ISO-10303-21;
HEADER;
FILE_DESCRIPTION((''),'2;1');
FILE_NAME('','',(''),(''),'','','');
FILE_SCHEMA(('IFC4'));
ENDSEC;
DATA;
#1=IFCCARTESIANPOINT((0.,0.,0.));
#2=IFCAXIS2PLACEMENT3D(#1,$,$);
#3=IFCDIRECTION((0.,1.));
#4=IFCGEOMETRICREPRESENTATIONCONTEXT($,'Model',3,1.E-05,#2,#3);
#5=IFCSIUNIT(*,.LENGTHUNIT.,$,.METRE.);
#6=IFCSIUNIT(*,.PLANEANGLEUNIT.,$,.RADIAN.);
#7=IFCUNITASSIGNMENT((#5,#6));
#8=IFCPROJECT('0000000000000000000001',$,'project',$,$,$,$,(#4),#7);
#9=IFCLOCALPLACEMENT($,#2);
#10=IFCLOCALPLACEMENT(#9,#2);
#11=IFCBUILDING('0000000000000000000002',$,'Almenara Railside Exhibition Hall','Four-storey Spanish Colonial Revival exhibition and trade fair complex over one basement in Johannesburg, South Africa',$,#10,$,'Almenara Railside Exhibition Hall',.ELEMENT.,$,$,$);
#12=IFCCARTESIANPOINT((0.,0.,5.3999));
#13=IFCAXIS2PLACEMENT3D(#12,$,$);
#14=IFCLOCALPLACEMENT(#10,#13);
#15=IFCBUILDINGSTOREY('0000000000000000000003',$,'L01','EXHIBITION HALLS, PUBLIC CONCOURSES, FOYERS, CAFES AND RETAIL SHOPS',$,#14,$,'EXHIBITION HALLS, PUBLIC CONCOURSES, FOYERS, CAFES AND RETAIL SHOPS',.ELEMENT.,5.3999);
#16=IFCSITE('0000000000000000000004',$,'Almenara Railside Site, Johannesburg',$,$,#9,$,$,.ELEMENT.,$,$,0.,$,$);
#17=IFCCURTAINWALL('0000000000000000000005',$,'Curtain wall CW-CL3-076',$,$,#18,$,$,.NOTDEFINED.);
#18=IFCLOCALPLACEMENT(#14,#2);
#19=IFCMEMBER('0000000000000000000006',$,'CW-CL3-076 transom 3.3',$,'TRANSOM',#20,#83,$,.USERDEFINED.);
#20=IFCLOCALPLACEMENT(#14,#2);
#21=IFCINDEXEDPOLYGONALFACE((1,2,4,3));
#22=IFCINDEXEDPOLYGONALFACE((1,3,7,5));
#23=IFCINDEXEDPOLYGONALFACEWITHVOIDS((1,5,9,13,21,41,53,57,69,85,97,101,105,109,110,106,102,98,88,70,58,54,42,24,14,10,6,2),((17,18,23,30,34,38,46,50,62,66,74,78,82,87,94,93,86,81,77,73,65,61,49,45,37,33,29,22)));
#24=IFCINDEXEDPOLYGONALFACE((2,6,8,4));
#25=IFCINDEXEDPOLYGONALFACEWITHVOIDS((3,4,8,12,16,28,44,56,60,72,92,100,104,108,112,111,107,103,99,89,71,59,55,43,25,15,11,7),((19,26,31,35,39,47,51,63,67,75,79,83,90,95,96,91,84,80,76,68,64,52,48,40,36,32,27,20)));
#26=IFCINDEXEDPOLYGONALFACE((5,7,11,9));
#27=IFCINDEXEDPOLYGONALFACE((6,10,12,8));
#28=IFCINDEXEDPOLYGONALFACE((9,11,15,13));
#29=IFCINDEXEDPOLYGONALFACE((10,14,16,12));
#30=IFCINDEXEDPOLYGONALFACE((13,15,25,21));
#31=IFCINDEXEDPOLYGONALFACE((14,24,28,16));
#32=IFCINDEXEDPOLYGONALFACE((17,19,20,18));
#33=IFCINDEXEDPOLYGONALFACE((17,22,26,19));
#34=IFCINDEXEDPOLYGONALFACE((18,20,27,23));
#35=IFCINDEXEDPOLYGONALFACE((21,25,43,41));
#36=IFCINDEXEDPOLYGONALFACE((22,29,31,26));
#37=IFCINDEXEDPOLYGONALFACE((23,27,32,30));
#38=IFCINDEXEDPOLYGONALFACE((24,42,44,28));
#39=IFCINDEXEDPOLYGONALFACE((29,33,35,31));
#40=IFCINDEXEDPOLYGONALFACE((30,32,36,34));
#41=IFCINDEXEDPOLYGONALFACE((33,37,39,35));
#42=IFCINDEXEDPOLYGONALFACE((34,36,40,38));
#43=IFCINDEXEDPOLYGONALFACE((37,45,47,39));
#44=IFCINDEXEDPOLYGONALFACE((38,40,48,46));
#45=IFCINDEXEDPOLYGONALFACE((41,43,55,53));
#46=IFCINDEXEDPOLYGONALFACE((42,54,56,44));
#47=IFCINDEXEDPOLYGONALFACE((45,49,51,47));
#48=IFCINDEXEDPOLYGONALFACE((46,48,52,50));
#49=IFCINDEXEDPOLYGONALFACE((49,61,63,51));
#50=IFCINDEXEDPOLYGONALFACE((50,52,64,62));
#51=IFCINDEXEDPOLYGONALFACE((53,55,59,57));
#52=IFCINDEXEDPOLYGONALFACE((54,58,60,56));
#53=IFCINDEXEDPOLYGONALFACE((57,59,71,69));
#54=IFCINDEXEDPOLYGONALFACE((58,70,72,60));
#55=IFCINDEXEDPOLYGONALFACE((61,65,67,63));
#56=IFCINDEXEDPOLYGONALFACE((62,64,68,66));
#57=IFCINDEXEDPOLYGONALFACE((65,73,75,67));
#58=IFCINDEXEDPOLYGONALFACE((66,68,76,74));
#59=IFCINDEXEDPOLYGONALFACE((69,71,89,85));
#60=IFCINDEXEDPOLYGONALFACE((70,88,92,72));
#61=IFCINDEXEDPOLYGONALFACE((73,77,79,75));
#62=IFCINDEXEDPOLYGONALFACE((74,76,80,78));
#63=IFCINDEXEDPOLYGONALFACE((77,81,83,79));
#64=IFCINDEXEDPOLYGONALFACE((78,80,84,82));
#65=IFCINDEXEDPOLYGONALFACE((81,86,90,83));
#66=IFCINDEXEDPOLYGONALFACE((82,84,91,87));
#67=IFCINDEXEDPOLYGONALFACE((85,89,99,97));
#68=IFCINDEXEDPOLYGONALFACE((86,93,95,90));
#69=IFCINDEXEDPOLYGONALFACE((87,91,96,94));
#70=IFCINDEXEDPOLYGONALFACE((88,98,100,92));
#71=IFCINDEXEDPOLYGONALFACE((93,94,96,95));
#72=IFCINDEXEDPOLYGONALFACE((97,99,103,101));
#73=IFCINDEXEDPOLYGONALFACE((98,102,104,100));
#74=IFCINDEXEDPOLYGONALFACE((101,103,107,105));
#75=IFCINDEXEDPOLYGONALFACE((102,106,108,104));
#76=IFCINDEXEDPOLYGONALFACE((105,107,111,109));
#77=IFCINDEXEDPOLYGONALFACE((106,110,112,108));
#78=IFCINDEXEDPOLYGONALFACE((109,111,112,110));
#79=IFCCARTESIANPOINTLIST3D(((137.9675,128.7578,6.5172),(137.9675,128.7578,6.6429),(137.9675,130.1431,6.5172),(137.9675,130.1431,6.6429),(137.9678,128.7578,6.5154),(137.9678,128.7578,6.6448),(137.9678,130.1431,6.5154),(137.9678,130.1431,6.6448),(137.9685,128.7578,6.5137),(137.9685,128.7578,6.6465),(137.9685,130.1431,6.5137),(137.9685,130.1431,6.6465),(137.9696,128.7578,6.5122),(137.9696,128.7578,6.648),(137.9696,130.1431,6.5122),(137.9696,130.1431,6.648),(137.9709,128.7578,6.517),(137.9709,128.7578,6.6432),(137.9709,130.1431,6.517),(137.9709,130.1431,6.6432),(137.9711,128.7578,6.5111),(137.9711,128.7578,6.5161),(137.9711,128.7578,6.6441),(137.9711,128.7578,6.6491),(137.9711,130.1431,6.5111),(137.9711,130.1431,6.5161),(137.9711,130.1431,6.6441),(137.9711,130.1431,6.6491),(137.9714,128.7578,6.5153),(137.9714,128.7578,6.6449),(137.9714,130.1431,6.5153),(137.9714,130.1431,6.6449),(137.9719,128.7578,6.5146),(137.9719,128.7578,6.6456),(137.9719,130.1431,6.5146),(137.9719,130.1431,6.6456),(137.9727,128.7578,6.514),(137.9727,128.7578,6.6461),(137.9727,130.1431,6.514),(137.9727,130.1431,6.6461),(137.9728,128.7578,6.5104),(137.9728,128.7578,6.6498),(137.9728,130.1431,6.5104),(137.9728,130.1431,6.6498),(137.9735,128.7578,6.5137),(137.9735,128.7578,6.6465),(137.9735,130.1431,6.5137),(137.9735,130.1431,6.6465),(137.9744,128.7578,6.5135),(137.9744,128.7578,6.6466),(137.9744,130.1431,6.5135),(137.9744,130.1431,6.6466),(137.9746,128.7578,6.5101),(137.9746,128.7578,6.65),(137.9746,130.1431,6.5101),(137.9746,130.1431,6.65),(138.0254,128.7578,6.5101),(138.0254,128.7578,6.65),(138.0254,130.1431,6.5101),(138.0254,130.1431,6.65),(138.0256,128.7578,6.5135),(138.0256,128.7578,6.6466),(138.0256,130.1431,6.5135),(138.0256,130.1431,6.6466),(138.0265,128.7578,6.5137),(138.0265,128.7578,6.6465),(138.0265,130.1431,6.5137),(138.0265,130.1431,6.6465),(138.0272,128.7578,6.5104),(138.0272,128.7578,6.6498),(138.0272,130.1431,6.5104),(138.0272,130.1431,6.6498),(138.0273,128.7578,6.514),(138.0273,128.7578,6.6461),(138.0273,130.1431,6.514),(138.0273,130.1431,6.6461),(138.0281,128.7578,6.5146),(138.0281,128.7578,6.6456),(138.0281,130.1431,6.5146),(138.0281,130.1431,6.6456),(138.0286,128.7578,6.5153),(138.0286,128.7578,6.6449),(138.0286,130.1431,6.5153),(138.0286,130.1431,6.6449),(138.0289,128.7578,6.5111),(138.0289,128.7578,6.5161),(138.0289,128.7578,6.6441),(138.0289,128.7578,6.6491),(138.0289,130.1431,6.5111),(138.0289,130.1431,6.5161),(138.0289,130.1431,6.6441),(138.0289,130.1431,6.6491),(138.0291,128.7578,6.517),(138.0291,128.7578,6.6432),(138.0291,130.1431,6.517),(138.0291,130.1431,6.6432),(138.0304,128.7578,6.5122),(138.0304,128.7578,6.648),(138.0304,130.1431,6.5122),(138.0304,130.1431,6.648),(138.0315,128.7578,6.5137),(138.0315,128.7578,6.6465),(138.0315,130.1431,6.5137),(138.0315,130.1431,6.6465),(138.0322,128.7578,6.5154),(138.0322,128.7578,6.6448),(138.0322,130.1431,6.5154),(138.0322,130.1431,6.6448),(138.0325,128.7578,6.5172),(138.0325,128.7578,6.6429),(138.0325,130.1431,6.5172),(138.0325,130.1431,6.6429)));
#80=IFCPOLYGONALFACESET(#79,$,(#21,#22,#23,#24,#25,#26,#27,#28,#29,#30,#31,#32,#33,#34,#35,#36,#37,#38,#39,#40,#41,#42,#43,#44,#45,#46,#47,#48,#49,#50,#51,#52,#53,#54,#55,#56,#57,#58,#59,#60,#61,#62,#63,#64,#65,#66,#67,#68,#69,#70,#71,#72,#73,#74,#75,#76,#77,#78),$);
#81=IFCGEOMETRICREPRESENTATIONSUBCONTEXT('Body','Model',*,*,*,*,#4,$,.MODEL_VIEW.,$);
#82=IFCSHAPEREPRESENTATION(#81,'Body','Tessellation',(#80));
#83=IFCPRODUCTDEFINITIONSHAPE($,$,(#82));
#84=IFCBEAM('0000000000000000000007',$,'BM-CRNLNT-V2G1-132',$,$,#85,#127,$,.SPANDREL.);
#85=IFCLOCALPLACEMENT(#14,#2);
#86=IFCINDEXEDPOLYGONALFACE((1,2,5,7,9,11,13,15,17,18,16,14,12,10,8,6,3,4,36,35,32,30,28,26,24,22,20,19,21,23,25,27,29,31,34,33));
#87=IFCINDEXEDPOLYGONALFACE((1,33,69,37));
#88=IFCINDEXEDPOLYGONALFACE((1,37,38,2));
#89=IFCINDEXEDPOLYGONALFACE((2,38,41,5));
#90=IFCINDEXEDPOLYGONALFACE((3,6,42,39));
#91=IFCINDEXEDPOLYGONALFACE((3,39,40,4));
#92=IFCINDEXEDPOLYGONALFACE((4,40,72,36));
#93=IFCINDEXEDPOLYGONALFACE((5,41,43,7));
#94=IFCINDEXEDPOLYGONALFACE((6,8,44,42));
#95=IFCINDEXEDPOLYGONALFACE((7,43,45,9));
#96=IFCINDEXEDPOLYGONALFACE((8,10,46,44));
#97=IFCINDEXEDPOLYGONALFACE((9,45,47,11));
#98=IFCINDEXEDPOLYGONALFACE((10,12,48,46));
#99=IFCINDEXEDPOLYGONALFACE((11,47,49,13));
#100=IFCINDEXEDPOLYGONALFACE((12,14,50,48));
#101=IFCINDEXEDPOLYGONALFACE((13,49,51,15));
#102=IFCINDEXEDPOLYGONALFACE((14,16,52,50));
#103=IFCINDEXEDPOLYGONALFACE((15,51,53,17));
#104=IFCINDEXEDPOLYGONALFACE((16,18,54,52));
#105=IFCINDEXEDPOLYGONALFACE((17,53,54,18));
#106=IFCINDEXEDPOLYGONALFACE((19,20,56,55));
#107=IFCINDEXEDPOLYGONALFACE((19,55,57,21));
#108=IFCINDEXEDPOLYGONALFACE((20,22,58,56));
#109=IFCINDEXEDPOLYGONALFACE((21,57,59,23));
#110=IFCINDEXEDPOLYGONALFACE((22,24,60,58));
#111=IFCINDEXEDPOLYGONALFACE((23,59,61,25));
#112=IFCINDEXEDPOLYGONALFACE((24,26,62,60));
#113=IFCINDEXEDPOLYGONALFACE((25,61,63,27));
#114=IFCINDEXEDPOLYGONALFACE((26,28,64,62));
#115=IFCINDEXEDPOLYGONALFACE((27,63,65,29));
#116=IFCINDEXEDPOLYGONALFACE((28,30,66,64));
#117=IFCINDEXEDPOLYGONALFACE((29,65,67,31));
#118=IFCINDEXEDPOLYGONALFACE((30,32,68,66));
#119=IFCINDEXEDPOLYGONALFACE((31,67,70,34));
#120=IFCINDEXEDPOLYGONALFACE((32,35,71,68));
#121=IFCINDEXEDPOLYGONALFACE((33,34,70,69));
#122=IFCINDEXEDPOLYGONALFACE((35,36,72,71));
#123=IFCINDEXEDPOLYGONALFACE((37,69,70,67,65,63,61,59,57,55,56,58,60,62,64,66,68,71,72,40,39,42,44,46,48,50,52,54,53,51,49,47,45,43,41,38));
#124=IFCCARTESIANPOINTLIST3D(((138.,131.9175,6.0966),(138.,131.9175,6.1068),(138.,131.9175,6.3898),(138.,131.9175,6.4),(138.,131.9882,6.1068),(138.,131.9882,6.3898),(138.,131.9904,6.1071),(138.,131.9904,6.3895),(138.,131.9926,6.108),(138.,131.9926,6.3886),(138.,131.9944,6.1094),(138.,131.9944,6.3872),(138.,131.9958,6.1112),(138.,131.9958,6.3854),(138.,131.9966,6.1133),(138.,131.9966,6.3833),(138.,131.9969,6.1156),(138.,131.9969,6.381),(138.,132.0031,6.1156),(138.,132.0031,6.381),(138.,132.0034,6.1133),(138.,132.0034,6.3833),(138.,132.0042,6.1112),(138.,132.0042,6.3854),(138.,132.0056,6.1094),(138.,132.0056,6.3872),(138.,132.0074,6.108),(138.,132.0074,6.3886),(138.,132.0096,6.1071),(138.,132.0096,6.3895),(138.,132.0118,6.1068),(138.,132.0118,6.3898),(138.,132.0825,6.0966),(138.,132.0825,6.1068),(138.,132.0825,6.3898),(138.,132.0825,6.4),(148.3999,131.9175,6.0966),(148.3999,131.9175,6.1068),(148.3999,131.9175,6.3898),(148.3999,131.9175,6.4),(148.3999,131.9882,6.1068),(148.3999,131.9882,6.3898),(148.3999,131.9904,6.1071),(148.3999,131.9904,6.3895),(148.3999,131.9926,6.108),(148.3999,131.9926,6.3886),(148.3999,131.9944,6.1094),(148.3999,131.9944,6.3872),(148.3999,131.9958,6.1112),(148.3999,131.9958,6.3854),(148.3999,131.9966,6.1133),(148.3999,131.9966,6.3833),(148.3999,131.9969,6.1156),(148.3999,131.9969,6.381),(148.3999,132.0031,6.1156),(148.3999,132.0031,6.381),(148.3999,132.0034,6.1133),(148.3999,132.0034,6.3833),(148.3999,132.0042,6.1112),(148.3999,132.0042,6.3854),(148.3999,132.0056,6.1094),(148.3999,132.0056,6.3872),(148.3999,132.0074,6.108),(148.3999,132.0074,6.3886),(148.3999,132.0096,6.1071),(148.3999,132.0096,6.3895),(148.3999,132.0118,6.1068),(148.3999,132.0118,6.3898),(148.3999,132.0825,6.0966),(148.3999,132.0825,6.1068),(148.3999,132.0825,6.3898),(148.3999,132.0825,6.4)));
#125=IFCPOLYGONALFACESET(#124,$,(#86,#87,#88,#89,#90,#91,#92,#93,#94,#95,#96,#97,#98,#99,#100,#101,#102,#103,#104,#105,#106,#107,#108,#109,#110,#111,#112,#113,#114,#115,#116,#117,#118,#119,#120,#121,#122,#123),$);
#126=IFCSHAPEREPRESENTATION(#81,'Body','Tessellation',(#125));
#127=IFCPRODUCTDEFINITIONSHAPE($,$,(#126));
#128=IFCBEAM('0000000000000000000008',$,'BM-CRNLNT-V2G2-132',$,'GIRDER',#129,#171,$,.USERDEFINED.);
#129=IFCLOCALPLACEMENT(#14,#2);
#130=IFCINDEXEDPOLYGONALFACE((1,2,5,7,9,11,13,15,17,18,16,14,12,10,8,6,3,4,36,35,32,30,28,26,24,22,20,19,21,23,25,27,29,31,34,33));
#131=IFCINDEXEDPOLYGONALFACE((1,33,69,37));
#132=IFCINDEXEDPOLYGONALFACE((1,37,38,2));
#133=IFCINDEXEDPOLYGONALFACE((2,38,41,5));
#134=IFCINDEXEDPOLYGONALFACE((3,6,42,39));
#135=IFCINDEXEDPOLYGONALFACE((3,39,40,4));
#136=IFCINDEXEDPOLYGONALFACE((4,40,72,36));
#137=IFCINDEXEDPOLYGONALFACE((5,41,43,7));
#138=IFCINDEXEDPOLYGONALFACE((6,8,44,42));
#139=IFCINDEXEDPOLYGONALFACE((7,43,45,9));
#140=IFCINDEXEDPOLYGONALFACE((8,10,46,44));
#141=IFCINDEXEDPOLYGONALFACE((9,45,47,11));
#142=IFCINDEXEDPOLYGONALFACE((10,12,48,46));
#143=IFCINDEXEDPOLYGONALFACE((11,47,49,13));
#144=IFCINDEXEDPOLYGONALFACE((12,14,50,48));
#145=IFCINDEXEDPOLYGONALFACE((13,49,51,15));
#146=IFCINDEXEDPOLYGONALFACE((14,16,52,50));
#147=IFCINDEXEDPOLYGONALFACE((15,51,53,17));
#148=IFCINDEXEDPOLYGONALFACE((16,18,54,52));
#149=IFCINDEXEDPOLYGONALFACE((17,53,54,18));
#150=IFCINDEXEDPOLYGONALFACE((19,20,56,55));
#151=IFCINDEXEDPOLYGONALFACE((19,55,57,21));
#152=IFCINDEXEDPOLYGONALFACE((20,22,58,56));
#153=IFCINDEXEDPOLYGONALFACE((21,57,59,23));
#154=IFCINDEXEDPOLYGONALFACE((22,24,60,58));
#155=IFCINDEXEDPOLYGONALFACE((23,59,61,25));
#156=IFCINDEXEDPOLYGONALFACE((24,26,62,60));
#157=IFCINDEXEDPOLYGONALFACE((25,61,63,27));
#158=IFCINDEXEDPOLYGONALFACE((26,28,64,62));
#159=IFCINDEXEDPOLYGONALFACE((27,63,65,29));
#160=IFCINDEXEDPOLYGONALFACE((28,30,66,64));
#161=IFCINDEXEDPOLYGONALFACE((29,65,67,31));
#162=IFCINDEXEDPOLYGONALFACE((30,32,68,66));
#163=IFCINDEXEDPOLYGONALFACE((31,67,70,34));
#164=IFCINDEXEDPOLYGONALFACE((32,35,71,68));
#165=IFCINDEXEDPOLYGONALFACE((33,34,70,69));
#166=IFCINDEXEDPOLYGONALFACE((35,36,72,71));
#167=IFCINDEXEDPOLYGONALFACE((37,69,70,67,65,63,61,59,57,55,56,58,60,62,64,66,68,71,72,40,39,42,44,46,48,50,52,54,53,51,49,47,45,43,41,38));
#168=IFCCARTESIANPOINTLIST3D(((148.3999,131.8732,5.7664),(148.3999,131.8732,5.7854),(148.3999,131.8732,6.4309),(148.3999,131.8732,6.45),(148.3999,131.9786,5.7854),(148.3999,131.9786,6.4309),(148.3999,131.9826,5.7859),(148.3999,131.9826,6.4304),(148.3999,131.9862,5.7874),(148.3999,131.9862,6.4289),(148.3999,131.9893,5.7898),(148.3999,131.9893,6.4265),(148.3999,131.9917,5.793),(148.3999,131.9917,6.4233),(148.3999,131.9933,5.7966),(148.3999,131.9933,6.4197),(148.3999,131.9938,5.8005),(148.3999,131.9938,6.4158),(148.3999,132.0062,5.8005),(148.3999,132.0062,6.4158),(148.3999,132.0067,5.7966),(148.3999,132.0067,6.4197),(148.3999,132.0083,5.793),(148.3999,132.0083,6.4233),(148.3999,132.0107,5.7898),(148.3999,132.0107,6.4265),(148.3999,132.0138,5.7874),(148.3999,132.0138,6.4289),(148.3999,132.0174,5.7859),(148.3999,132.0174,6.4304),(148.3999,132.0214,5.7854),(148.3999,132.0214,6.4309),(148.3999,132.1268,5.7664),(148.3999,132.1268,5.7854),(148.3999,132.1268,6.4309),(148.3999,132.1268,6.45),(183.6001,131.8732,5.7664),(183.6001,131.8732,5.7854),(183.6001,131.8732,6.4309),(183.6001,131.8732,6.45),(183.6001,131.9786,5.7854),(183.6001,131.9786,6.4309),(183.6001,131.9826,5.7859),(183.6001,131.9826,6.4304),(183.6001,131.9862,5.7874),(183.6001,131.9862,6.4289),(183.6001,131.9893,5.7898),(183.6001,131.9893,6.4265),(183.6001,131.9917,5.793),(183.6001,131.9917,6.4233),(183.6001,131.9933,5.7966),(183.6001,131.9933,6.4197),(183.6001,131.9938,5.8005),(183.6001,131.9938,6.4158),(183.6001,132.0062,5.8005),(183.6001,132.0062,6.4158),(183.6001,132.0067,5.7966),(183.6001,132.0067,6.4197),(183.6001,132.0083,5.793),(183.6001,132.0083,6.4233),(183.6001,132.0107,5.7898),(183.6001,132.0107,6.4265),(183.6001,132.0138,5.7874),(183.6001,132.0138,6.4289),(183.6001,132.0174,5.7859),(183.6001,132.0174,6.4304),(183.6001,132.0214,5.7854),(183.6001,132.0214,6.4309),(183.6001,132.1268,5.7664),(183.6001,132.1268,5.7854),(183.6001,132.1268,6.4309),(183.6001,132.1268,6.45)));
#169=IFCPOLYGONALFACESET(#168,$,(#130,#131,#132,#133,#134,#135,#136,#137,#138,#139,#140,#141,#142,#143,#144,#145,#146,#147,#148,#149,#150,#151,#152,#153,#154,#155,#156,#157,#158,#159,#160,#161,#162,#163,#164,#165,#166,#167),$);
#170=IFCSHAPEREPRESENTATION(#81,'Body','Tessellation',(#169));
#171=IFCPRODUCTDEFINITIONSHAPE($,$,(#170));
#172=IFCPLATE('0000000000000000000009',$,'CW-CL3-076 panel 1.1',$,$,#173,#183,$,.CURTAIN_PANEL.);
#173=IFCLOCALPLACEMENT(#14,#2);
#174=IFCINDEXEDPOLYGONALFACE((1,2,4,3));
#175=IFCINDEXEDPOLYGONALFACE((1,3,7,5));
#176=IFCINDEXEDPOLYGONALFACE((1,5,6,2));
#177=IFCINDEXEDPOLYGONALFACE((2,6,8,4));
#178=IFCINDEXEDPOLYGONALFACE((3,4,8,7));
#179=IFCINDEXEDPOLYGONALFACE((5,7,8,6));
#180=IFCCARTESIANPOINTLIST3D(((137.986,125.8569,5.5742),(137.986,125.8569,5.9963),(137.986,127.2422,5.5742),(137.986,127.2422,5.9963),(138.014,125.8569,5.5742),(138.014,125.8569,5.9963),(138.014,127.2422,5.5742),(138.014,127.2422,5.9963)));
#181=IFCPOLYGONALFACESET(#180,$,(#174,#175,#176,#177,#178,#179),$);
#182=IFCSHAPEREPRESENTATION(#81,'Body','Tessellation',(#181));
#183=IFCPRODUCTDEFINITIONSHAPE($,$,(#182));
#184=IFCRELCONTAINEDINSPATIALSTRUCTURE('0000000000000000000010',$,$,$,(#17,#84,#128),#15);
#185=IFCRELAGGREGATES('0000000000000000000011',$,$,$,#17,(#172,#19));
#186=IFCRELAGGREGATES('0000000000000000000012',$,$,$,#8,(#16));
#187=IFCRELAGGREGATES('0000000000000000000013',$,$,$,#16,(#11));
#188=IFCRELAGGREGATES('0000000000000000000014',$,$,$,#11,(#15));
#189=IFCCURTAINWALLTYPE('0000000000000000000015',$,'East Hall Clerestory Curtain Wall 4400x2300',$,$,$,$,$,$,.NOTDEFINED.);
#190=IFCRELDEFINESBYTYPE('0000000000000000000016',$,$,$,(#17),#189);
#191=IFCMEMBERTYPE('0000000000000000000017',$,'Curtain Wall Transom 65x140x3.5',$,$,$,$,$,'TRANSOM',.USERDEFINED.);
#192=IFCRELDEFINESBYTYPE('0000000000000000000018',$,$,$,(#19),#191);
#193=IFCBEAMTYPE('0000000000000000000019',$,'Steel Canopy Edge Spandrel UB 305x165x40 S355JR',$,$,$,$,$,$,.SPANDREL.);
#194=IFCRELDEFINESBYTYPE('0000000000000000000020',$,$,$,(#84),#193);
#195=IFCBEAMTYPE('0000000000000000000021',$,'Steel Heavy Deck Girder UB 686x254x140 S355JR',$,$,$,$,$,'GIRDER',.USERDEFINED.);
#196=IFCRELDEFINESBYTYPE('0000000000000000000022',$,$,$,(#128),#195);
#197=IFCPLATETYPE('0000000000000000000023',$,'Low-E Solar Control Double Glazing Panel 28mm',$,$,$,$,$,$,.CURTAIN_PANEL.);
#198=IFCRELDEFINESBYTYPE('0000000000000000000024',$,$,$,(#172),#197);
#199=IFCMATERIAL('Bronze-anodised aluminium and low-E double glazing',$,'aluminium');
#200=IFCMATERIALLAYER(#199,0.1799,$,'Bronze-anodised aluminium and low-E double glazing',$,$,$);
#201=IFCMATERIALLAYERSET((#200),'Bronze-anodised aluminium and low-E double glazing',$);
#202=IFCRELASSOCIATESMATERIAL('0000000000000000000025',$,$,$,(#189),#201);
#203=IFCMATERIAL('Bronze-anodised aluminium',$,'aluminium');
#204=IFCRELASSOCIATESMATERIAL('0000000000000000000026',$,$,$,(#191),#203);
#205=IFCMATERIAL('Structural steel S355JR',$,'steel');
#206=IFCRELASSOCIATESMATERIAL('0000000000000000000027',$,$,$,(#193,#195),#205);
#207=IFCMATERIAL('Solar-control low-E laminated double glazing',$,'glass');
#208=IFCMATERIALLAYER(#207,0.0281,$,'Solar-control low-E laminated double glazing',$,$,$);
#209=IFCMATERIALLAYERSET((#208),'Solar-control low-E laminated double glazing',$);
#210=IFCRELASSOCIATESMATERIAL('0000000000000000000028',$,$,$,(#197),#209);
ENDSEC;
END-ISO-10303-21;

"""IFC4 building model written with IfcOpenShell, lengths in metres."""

from ifc_helpers import new_model, si_unit, direction, frame, origin, origin_2d, place, context, subcontext, project, spatial, rectangle, hollow_rectangle, i_section, extrude, material, layer, layer_set, material_profile, profile_set, type_object, element, aggregate, save


model = new_model("IFC4")

# Units and contexts
model_context = context("Model", 3, precision=1e-05, world=origin(), true_north=direction((0.0, 1.0)))
body_context = subcontext(model_context, "Body", "Model", "MODEL_VIEW")
ifc_project = project(units=[si_unit("LENGTHUNIT", "METRE"), si_unit("PLANEANGLEUNIT", "RADIAN")], contexts=[model_context])

# Site, building, storey
site_placement = place(None, origin())
site = spatial("IfcSite", under=ifc_project, at=site_placement, Name="Almenara Railside Site, Johannesburg", CompositionType="ELEMENT", RefElevation=0.0)
building_placement = place(site_placement, origin())
building = spatial("IfcBuilding", under=site, at=building_placement, Name="Almenara Railside Exhibition Hall", Description="Four-storey Spanish Colonial Revival exhibition and trade fair complex over one basement in Johannesburg, South Africa", LongName="Almenara Railside Exhibition Hall", CompositionType="ELEMENT")
storey_placement = place(building_placement, frame((0.0, 0.0, 5.3999)))
storey = spatial("IfcBuildingStorey", under=building, at=storey_placement, Name="L01", Description="EXHIBITION HALLS, PUBLIC CONCOURSES, FOYERS, CAFES AND RETAIL SHOPS", LongName="EXHIBITION HALLS, PUBLIC CONCOURSES, FOYERS, CAFES AND RETAIL SHOPS", CompositionType="ELEMENT", Elevation=5.3999)

# Shared definitions
ifc_material_1 = material(Name="Structural steel S355JR", Category="steel")

# Curtain wall, member
ifc_material_2 = material(Name="Bronze-anodised aluminium and low-E double glazing", Category="aluminium")
ifc_layer_1 = layer(ifc_material_2, 0.1799, Name="Bronze-anodised aluminium and low-E double glazing")
ifc_layer_set_1 = layer_set([ifc_layer_1], Name="Bronze-anodised aluminium and low-E double glazing")
curtain_wall_type = type_object("IfcCurtainWallType", Name="East Hall Clerestory Curtain Wall 4400x2300", PredefinedType="NOTDEFINED", material=ifc_layer_set_1)
curtain_wall_placement = place(storey_placement, origin())
curtain_wall = element("IfcCurtainWall", 1, at=curtain_wall_placement, inside=storey, type_object=curtain_wall_type, Name="Curtain wall CW-CL3-076", PredefinedType="NOTDEFINED")
ifc_material_3 = material(Name="Bronze-anodised aluminium", Category="aluminium")
ifc_material_profile_1 = material_profile(ifc_material_3, hollow_rectangle(XDim=0.0649, YDim=0.1399, WallThickness=0.0034, InnerFilletRadius=0.0034, OuterFilletRadius=0.0071, at=origin_2d()), Name="ALU-TRN 65x140x3.5")
ifc_profile_set_1 = profile_set([ifc_material_profile_1], Name="Bronze-anodised aluminium")
member_type_1 = type_object("IfcMemberType", Name="Curtain Wall Transom 65x140x3.5", ElementType="TRANSOM", PredefinedType="USERDEFINED", material=ifc_profile_set_1)
member_1_placement = place(storey_placement, frame((138.0, 128.7578, 6.5801), z_axis=(0.0, 1.0, 0.0), x_axis=(-1.0, 0.0, 0.0)))
member_1 = element("IfcMember", 2, at=member_1_placement, type_object=member_type_1, Name="CW-CL3-076 transom 3.3", ObjectType="TRANSOM", PredefinedType="USERDEFINED", context=body_context, shape_type="SweptSolid", body=[
    extrude(hollow_rectangle(XDim=0.0649, YDim=0.1399, WallThickness=0.0034, InnerFilletRadius=0.0034, OuterFilletRadius=0.0071, at=origin_2d()), origin(), (0.0, 0.0, 1.0), 1.3853),
])

# Beams
ifc_material_profile_2 = material_profile(ifc_material_1, i_section(OverallWidth=0.165, OverallDepth=0.3035, WebThickness=0.0061, FlangeThickness=0.0103, FilletRadius=0.0088, at=origin_2d()), Name="UB 305x165x40")
ifc_profile_set_2 = profile_set([ifc_material_profile_2], Name="Structural steel S355JR")
beam_type_1 = type_object("IfcBeamType", Name="Steel Canopy Edge Spandrel UB 305x165x40 S355JR", PredefinedType="SPANDREL", material=ifc_profile_set_2)
beam_1_placement = place(storey_placement, frame((138.0, 132.0, 6.2483), z_axis=(1.0, 0.0, 0.0), x_axis=(0.0, 1.0, 0.0)))
element("IfcBeam", 3, at=beam_1_placement, inside=storey, type_object=beam_type_1, Name="BM-CRNLNT-V2G1-132", PredefinedType="SPANDREL", context=body_context, shape_type="SweptSolid", body=[
    extrude(i_section(OverallWidth=0.165, OverallDepth=0.3035, WebThickness=0.0061, FlangeThickness=0.0103, FilletRadius=0.0088, at=origin_2d()), origin(), (0.0, 0.0, 1.0), 10.3999),
])
ifc_material_profile_3 = material_profile(ifc_material_1, i_section(OverallWidth=0.2537, OverallDepth=0.6836, WebThickness=0.0125, FlangeThickness=0.019, FilletRadius=0.0151, at=origin_2d()), Name="UB 686x254x140")
ifc_profile_set_3 = profile_set([ifc_material_profile_3], Name="Structural steel S355JR")
beam_type_2 = type_object("IfcBeamType", Name="Steel Heavy Deck Girder UB 686x254x140 S355JR", ElementType="GIRDER", PredefinedType="USERDEFINED", material=ifc_profile_set_3)
beam_2_placement = place(storey_placement, frame((148.3999, 132.0, 6.1082), z_axis=(1.0, 0.0, 0.0), x_axis=(0.0, 1.0, 0.0)))
element("IfcBeam", 4, at=beam_2_placement, inside=storey, type_object=beam_type_2, Name="BM-CRNLNT-V2G2-132", ObjectType="GIRDER", PredefinedType="USERDEFINED", context=body_context, shape_type="SweptSolid", body=[
    extrude(i_section(OverallWidth=0.2537, OverallDepth=0.6836, WebThickness=0.0125, FlangeThickness=0.019, FilletRadius=0.0151, at=origin_2d()), origin(), (0.0, 0.0, 1.0), 35.2002),
])

# Plate
ifc_material_4 = material(Name="Solar-control low-E laminated double glazing", Category="glass")
ifc_layer_2 = layer(ifc_material_4, 0.0281, Name="Solar-control low-E laminated double glazing")
ifc_layer_set_2 = layer_set([ifc_layer_2], Name="Solar-control low-E laminated double glazing")
plate_type = type_object("IfcPlateType", Name="Low-E Solar Control Double Glazing Panel 28mm", PredefinedType="CURTAIN_PANEL", material=ifc_layer_set_2)
plate_1_placement = place(storey_placement, frame((138.0, 126.5496, 5.5742), z_axis=(0.0, 0.0, 1.0), x_axis=(0.0, 1.0, 0.0)))
plate_1 = element("IfcPlate", 5, at=plate_1_placement, type_object=plate_type, Name="CW-CL3-076 panel 1.1", PredefinedType="CURTAIN_PANEL", context=body_context, shape_type="SweptSolid", body=[
    extrude(rectangle(XDim=1.3853, YDim=0.0281, at=origin_2d()), origin(), (0.0, 0.0, 1.0), 0.4221),
])
aggregate(curtain_wall, [plate_1, member_1])

save(model, "model.ifc")
